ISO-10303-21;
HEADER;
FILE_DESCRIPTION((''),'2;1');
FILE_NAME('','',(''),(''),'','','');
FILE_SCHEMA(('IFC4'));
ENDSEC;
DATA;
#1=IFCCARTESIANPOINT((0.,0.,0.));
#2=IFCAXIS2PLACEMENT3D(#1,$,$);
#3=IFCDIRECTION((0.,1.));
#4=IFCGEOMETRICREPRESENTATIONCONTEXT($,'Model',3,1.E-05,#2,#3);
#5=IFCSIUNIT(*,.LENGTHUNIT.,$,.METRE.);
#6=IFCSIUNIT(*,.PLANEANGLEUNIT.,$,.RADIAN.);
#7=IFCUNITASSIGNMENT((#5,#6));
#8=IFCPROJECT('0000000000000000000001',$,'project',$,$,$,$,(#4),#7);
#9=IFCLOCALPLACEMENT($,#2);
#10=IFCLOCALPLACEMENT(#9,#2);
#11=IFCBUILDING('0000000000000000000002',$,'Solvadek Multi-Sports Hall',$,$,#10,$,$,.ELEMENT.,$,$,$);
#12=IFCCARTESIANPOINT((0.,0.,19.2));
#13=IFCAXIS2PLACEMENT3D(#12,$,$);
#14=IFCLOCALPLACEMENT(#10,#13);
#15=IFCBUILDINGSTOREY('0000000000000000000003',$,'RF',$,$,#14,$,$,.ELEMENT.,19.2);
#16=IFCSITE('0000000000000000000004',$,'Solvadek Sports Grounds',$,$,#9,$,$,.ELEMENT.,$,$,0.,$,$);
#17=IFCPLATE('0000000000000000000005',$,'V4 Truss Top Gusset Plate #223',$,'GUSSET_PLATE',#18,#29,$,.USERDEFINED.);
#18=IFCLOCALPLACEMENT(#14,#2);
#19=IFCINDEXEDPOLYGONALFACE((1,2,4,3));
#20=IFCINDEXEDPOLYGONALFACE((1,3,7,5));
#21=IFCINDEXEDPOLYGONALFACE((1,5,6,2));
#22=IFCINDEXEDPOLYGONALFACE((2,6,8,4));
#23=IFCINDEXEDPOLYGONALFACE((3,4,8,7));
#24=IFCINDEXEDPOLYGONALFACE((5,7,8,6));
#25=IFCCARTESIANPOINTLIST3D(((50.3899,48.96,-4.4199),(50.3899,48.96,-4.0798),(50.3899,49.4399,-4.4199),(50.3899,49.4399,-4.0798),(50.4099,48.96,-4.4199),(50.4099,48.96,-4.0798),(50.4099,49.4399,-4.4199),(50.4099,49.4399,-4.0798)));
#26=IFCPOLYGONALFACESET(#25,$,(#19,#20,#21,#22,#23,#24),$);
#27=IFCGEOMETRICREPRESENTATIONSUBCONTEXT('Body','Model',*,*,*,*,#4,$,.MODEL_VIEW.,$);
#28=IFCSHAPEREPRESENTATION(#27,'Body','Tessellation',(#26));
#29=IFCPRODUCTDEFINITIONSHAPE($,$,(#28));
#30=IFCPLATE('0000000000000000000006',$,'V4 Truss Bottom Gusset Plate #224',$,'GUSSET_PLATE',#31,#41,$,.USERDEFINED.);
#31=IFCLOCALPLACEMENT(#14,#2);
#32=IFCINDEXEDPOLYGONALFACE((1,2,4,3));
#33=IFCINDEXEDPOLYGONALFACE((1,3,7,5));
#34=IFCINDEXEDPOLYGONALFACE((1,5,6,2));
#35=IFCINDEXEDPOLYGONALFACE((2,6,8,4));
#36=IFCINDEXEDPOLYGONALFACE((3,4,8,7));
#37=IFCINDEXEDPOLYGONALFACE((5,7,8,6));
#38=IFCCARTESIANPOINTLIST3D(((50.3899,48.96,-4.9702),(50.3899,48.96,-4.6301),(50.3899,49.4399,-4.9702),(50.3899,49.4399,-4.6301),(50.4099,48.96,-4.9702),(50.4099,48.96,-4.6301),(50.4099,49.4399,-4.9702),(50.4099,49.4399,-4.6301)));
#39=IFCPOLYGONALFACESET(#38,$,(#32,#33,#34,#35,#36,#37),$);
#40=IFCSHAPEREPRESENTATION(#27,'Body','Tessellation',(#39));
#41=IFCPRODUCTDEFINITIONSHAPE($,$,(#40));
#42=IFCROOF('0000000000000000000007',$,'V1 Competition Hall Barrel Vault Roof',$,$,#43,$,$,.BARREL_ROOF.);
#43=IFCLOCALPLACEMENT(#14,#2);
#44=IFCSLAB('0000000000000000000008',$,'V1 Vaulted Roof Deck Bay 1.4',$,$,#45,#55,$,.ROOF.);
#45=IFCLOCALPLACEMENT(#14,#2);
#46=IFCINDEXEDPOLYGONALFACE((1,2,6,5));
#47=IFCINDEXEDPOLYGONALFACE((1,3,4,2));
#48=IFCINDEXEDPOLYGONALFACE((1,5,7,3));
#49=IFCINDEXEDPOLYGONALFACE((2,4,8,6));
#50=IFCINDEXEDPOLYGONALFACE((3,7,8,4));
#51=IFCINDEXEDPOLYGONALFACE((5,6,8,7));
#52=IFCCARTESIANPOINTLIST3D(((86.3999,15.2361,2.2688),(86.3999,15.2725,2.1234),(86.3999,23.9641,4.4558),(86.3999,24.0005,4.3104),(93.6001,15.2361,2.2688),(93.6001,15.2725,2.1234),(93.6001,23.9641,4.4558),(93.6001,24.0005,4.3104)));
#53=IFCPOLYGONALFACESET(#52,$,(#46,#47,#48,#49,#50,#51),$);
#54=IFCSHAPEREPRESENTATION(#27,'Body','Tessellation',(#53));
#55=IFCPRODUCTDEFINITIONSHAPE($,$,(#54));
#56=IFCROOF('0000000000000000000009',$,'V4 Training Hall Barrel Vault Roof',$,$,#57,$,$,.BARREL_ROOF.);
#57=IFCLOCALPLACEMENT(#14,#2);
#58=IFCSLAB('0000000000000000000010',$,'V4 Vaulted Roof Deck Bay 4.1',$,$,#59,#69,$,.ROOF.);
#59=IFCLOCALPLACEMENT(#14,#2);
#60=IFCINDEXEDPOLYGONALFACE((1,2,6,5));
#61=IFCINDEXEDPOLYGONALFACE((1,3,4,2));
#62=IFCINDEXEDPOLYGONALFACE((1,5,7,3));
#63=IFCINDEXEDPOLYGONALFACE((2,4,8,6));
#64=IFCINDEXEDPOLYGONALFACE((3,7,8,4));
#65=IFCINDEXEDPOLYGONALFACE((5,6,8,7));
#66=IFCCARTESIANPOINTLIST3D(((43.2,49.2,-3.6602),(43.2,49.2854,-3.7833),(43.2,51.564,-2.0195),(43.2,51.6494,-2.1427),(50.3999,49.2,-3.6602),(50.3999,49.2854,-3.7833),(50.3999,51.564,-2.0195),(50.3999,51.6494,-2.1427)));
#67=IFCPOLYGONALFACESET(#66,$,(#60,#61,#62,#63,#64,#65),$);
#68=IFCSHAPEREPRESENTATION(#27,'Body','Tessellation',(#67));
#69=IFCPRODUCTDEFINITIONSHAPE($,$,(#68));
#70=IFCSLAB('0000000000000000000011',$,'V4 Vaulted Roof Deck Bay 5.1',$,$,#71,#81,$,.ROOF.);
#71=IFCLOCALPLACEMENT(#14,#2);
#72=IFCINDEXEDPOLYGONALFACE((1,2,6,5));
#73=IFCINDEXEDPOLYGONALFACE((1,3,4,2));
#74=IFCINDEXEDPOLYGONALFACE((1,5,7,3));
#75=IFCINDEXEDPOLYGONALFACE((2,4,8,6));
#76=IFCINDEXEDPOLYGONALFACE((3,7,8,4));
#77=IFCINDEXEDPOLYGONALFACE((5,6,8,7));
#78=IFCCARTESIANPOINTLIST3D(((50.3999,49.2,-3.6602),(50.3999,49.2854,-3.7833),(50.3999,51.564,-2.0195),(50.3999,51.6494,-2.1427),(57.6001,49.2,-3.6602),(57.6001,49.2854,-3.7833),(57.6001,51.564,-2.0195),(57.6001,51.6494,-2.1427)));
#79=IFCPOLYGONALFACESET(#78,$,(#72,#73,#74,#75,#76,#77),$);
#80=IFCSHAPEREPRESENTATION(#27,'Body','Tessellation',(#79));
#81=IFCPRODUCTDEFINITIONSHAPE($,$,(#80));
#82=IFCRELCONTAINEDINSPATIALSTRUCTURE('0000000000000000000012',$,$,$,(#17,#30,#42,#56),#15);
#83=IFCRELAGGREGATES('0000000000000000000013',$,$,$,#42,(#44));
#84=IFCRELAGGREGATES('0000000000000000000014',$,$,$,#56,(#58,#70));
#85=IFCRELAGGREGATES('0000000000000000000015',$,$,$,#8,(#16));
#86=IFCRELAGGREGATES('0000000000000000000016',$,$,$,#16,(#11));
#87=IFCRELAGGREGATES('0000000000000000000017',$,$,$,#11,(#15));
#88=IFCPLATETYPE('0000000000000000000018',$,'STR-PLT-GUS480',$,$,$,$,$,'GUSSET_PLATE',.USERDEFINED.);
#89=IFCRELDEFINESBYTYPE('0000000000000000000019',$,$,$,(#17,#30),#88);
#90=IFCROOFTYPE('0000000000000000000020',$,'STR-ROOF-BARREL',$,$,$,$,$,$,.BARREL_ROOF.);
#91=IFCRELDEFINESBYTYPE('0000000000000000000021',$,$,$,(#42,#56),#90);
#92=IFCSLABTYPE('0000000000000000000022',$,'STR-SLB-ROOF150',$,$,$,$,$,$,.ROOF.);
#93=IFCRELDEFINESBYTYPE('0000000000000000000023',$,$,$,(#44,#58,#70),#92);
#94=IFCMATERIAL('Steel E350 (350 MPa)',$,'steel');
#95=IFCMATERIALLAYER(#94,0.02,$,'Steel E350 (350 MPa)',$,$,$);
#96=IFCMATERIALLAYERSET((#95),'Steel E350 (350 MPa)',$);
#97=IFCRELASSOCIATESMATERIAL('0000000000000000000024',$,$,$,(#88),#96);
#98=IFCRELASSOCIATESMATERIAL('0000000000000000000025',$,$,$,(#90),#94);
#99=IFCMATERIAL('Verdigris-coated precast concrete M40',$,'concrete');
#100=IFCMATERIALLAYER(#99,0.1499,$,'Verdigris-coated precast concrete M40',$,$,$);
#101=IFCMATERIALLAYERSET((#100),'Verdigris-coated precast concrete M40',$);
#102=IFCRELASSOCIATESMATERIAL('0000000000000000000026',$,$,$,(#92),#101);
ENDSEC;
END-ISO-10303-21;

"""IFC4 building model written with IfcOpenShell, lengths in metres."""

from ifc_helpers import new_model, si_unit, direction, frame, origin, origin_2d, place, context, subcontext, project, spatial, polyline, rectangle, outline, extrude, material, layer, layer_set, type_object, element, aggregate, save


model = new_model("IFC4")

# Units and contexts
model_context = context("Model", 3, precision=1e-05, world=origin(), true_north=direction((0.0, 1.0)))
body_context = subcontext(model_context, "Body", "Model", "MODEL_VIEW")
ifc_project = project(units=[si_unit("LENGTHUNIT", "METRE"), si_unit("PLANEANGLEUNIT", "RADIAN")], contexts=[model_context])

# Site, building, storey
site_placement = place(None, origin())
site = spatial("IfcSite", under=ifc_project, at=site_placement, Name="Solvadek Sports Grounds", CompositionType="ELEMENT", RefElevation=0.0)
building_placement = place(site_placement, origin())
building = spatial("IfcBuilding", under=site, at=building_placement, Name="Solvadek Multi-Sports Hall", CompositionType="ELEMENT")
storey_placement = place(building_placement, frame((0.0, 0.0, 19.2)))
storey = spatial("IfcBuildingStorey", under=building, at=storey_placement, Name="RF", CompositionType="ELEMENT", Elevation=19.2)

# Shared definitions
ifc_material_1 = material(Name="Steel E350 (350 MPa)", Category="steel")

# Plates
ifc_layer_1 = layer(ifc_material_1, 0.02, Name="Steel E350 (350 MPa)")
ifc_layer_set_1 = layer_set([ifc_layer_1], Name="Steel E350 (350 MPa)")
plate_type_1 = type_object("IfcPlateType", Name="STR-PLT-GUS480", ElementType="GUSSET_PLATE", PredefinedType="USERDEFINED", material=ifc_layer_set_1)
for number, where, z_axis, x_axis, name in (
    (1, (50.3999, 49.2, -4.4199), (0.0, 0.0, 1.0), (0.0, 1.0, 0.0), "V4 Truss Top Gusset Plate #223"),
    (2, (50.3999, 49.2, -4.9702), (0.0, 0.0, 1.0), (0.0, 1.0, 0.0), "V4 Truss Bottom Gusset Plate #224"),
):
    element("IfcPlate", number, at=place(storey_placement, frame(where, z_axis=z_axis, x_axis=x_axis)), inside=storey, type_object=plate_type_1, Name=name, ObjectType="GUSSET_PLATE", PredefinedType="USERDEFINED", context=body_context, shape_type="SweptSolid", body=[
        extrude(rectangle(XDim=0.48, YDim=0.02, at=origin_2d()), origin(), (0.0, 0.0, 1.0), 0.3401),
    ])

# Roof, slab
roof_type = type_object("IfcRoofType", Name="STR-ROOF-BARREL", PredefinedType="BARREL_ROOF", material=ifc_material_1)
roof_1_placement = place(storey_placement, origin())
roof_1 = element("IfcRoof", 3, at=roof_1_placement, inside=storey, type_object=roof_type, Name="V1 Competition Hall Barrel Vault Roof", PredefinedType="BARREL_ROOF")
ifc_material_2 = material(Name="Verdigris-coated precast concrete M40", Category="concrete")
ifc_layer_2 = layer(ifc_material_2, 0.1499, Name="Verdigris-coated precast concrete M40")
ifc_layer_set_2 = layer_set([ifc_layer_2], Name="Verdigris-coated precast concrete M40")
slab_type = type_object("IfcSlabType", Name="STR-SLB-ROOF150", PredefinedType="ROOF", material=ifc_layer_set_2)
slab_1_placement = place(storey_placement, frame((86.3999, 15.2361, 2.2688), z_axis=(0.0, -0.243059, 0.970011), x_axis=(1.0, 0.0, 0.0)))
slab_1 = element("IfcSlab", 4, at=slab_1_placement, type_object=slab_type, Name="V1 Vaulted Roof Deck Bay 1.4", PredefinedType="ROOF", context=body_context, shape_type="SweptSolid", body=[
    extrude(outline(polyline([(0.0, 0.0), (7.2002, 0.0), (7.2002, 8.9979), (0.0, 8.9979), (0.0, 0.0)])), origin(), (0.0, 0.0, -1.0), 0.1499),
])
aggregate(roof_1, [slab_1])

# Roof, slabs
roof_2_placement = place(storey_placement, origin())
roof_2 = element("IfcRoof", 5, at=roof_2_placement, inside=storey, type_object=roof_type, Name="V4 Training Hall Barrel Vault Roof", PredefinedType="BARREL_ROOF")
slab_2_placement = place(storey_placement, frame((43.2, 49.2, -3.6602), z_axis=(0.0, -0.570149, 0.821541), x_axis=(1.0, 0.0, 0.0)))
slab_2 = element("IfcSlab", 6, at=slab_2_placement, type_object=slab_type, Name="V4 Vaulted Roof Deck Bay 4.1", PredefinedType="ROOF", context=body_context, shape_type="SweptSolid", body=[
    extrude(outline(polyline([(0.0, 0.0), (7.2, 0.0), (7.2, 2.8775), (0.0, 2.8775), (0.0, 0.0)])), origin(), (0.0, 0.0, -1.0), 0.1499),
])
slab_3_placement = place(storey_placement, frame((50.3999, 49.2, -3.6602), z_axis=(0.0, -0.570149, 0.821541), x_axis=(1.0, 0.0, 0.0)))
slab_3 = element("IfcSlab", 7, at=slab_3_placement, type_object=slab_type, Name="V4 Vaulted Roof Deck Bay 5.1", PredefinedType="ROOF", context=body_context, shape_type="SweptSolid", body=[
    extrude(outline(polyline([(0.0, 0.0), (7.2002, 0.0), (7.2002, 2.8775), (0.0, 2.8775), (0.0, 0.0)])), origin(), (0.0, 0.0, -1.0), 0.1499),
])
aggregate(roof_2, [slab_2, slab_3])

save(model, "model.ifc")
